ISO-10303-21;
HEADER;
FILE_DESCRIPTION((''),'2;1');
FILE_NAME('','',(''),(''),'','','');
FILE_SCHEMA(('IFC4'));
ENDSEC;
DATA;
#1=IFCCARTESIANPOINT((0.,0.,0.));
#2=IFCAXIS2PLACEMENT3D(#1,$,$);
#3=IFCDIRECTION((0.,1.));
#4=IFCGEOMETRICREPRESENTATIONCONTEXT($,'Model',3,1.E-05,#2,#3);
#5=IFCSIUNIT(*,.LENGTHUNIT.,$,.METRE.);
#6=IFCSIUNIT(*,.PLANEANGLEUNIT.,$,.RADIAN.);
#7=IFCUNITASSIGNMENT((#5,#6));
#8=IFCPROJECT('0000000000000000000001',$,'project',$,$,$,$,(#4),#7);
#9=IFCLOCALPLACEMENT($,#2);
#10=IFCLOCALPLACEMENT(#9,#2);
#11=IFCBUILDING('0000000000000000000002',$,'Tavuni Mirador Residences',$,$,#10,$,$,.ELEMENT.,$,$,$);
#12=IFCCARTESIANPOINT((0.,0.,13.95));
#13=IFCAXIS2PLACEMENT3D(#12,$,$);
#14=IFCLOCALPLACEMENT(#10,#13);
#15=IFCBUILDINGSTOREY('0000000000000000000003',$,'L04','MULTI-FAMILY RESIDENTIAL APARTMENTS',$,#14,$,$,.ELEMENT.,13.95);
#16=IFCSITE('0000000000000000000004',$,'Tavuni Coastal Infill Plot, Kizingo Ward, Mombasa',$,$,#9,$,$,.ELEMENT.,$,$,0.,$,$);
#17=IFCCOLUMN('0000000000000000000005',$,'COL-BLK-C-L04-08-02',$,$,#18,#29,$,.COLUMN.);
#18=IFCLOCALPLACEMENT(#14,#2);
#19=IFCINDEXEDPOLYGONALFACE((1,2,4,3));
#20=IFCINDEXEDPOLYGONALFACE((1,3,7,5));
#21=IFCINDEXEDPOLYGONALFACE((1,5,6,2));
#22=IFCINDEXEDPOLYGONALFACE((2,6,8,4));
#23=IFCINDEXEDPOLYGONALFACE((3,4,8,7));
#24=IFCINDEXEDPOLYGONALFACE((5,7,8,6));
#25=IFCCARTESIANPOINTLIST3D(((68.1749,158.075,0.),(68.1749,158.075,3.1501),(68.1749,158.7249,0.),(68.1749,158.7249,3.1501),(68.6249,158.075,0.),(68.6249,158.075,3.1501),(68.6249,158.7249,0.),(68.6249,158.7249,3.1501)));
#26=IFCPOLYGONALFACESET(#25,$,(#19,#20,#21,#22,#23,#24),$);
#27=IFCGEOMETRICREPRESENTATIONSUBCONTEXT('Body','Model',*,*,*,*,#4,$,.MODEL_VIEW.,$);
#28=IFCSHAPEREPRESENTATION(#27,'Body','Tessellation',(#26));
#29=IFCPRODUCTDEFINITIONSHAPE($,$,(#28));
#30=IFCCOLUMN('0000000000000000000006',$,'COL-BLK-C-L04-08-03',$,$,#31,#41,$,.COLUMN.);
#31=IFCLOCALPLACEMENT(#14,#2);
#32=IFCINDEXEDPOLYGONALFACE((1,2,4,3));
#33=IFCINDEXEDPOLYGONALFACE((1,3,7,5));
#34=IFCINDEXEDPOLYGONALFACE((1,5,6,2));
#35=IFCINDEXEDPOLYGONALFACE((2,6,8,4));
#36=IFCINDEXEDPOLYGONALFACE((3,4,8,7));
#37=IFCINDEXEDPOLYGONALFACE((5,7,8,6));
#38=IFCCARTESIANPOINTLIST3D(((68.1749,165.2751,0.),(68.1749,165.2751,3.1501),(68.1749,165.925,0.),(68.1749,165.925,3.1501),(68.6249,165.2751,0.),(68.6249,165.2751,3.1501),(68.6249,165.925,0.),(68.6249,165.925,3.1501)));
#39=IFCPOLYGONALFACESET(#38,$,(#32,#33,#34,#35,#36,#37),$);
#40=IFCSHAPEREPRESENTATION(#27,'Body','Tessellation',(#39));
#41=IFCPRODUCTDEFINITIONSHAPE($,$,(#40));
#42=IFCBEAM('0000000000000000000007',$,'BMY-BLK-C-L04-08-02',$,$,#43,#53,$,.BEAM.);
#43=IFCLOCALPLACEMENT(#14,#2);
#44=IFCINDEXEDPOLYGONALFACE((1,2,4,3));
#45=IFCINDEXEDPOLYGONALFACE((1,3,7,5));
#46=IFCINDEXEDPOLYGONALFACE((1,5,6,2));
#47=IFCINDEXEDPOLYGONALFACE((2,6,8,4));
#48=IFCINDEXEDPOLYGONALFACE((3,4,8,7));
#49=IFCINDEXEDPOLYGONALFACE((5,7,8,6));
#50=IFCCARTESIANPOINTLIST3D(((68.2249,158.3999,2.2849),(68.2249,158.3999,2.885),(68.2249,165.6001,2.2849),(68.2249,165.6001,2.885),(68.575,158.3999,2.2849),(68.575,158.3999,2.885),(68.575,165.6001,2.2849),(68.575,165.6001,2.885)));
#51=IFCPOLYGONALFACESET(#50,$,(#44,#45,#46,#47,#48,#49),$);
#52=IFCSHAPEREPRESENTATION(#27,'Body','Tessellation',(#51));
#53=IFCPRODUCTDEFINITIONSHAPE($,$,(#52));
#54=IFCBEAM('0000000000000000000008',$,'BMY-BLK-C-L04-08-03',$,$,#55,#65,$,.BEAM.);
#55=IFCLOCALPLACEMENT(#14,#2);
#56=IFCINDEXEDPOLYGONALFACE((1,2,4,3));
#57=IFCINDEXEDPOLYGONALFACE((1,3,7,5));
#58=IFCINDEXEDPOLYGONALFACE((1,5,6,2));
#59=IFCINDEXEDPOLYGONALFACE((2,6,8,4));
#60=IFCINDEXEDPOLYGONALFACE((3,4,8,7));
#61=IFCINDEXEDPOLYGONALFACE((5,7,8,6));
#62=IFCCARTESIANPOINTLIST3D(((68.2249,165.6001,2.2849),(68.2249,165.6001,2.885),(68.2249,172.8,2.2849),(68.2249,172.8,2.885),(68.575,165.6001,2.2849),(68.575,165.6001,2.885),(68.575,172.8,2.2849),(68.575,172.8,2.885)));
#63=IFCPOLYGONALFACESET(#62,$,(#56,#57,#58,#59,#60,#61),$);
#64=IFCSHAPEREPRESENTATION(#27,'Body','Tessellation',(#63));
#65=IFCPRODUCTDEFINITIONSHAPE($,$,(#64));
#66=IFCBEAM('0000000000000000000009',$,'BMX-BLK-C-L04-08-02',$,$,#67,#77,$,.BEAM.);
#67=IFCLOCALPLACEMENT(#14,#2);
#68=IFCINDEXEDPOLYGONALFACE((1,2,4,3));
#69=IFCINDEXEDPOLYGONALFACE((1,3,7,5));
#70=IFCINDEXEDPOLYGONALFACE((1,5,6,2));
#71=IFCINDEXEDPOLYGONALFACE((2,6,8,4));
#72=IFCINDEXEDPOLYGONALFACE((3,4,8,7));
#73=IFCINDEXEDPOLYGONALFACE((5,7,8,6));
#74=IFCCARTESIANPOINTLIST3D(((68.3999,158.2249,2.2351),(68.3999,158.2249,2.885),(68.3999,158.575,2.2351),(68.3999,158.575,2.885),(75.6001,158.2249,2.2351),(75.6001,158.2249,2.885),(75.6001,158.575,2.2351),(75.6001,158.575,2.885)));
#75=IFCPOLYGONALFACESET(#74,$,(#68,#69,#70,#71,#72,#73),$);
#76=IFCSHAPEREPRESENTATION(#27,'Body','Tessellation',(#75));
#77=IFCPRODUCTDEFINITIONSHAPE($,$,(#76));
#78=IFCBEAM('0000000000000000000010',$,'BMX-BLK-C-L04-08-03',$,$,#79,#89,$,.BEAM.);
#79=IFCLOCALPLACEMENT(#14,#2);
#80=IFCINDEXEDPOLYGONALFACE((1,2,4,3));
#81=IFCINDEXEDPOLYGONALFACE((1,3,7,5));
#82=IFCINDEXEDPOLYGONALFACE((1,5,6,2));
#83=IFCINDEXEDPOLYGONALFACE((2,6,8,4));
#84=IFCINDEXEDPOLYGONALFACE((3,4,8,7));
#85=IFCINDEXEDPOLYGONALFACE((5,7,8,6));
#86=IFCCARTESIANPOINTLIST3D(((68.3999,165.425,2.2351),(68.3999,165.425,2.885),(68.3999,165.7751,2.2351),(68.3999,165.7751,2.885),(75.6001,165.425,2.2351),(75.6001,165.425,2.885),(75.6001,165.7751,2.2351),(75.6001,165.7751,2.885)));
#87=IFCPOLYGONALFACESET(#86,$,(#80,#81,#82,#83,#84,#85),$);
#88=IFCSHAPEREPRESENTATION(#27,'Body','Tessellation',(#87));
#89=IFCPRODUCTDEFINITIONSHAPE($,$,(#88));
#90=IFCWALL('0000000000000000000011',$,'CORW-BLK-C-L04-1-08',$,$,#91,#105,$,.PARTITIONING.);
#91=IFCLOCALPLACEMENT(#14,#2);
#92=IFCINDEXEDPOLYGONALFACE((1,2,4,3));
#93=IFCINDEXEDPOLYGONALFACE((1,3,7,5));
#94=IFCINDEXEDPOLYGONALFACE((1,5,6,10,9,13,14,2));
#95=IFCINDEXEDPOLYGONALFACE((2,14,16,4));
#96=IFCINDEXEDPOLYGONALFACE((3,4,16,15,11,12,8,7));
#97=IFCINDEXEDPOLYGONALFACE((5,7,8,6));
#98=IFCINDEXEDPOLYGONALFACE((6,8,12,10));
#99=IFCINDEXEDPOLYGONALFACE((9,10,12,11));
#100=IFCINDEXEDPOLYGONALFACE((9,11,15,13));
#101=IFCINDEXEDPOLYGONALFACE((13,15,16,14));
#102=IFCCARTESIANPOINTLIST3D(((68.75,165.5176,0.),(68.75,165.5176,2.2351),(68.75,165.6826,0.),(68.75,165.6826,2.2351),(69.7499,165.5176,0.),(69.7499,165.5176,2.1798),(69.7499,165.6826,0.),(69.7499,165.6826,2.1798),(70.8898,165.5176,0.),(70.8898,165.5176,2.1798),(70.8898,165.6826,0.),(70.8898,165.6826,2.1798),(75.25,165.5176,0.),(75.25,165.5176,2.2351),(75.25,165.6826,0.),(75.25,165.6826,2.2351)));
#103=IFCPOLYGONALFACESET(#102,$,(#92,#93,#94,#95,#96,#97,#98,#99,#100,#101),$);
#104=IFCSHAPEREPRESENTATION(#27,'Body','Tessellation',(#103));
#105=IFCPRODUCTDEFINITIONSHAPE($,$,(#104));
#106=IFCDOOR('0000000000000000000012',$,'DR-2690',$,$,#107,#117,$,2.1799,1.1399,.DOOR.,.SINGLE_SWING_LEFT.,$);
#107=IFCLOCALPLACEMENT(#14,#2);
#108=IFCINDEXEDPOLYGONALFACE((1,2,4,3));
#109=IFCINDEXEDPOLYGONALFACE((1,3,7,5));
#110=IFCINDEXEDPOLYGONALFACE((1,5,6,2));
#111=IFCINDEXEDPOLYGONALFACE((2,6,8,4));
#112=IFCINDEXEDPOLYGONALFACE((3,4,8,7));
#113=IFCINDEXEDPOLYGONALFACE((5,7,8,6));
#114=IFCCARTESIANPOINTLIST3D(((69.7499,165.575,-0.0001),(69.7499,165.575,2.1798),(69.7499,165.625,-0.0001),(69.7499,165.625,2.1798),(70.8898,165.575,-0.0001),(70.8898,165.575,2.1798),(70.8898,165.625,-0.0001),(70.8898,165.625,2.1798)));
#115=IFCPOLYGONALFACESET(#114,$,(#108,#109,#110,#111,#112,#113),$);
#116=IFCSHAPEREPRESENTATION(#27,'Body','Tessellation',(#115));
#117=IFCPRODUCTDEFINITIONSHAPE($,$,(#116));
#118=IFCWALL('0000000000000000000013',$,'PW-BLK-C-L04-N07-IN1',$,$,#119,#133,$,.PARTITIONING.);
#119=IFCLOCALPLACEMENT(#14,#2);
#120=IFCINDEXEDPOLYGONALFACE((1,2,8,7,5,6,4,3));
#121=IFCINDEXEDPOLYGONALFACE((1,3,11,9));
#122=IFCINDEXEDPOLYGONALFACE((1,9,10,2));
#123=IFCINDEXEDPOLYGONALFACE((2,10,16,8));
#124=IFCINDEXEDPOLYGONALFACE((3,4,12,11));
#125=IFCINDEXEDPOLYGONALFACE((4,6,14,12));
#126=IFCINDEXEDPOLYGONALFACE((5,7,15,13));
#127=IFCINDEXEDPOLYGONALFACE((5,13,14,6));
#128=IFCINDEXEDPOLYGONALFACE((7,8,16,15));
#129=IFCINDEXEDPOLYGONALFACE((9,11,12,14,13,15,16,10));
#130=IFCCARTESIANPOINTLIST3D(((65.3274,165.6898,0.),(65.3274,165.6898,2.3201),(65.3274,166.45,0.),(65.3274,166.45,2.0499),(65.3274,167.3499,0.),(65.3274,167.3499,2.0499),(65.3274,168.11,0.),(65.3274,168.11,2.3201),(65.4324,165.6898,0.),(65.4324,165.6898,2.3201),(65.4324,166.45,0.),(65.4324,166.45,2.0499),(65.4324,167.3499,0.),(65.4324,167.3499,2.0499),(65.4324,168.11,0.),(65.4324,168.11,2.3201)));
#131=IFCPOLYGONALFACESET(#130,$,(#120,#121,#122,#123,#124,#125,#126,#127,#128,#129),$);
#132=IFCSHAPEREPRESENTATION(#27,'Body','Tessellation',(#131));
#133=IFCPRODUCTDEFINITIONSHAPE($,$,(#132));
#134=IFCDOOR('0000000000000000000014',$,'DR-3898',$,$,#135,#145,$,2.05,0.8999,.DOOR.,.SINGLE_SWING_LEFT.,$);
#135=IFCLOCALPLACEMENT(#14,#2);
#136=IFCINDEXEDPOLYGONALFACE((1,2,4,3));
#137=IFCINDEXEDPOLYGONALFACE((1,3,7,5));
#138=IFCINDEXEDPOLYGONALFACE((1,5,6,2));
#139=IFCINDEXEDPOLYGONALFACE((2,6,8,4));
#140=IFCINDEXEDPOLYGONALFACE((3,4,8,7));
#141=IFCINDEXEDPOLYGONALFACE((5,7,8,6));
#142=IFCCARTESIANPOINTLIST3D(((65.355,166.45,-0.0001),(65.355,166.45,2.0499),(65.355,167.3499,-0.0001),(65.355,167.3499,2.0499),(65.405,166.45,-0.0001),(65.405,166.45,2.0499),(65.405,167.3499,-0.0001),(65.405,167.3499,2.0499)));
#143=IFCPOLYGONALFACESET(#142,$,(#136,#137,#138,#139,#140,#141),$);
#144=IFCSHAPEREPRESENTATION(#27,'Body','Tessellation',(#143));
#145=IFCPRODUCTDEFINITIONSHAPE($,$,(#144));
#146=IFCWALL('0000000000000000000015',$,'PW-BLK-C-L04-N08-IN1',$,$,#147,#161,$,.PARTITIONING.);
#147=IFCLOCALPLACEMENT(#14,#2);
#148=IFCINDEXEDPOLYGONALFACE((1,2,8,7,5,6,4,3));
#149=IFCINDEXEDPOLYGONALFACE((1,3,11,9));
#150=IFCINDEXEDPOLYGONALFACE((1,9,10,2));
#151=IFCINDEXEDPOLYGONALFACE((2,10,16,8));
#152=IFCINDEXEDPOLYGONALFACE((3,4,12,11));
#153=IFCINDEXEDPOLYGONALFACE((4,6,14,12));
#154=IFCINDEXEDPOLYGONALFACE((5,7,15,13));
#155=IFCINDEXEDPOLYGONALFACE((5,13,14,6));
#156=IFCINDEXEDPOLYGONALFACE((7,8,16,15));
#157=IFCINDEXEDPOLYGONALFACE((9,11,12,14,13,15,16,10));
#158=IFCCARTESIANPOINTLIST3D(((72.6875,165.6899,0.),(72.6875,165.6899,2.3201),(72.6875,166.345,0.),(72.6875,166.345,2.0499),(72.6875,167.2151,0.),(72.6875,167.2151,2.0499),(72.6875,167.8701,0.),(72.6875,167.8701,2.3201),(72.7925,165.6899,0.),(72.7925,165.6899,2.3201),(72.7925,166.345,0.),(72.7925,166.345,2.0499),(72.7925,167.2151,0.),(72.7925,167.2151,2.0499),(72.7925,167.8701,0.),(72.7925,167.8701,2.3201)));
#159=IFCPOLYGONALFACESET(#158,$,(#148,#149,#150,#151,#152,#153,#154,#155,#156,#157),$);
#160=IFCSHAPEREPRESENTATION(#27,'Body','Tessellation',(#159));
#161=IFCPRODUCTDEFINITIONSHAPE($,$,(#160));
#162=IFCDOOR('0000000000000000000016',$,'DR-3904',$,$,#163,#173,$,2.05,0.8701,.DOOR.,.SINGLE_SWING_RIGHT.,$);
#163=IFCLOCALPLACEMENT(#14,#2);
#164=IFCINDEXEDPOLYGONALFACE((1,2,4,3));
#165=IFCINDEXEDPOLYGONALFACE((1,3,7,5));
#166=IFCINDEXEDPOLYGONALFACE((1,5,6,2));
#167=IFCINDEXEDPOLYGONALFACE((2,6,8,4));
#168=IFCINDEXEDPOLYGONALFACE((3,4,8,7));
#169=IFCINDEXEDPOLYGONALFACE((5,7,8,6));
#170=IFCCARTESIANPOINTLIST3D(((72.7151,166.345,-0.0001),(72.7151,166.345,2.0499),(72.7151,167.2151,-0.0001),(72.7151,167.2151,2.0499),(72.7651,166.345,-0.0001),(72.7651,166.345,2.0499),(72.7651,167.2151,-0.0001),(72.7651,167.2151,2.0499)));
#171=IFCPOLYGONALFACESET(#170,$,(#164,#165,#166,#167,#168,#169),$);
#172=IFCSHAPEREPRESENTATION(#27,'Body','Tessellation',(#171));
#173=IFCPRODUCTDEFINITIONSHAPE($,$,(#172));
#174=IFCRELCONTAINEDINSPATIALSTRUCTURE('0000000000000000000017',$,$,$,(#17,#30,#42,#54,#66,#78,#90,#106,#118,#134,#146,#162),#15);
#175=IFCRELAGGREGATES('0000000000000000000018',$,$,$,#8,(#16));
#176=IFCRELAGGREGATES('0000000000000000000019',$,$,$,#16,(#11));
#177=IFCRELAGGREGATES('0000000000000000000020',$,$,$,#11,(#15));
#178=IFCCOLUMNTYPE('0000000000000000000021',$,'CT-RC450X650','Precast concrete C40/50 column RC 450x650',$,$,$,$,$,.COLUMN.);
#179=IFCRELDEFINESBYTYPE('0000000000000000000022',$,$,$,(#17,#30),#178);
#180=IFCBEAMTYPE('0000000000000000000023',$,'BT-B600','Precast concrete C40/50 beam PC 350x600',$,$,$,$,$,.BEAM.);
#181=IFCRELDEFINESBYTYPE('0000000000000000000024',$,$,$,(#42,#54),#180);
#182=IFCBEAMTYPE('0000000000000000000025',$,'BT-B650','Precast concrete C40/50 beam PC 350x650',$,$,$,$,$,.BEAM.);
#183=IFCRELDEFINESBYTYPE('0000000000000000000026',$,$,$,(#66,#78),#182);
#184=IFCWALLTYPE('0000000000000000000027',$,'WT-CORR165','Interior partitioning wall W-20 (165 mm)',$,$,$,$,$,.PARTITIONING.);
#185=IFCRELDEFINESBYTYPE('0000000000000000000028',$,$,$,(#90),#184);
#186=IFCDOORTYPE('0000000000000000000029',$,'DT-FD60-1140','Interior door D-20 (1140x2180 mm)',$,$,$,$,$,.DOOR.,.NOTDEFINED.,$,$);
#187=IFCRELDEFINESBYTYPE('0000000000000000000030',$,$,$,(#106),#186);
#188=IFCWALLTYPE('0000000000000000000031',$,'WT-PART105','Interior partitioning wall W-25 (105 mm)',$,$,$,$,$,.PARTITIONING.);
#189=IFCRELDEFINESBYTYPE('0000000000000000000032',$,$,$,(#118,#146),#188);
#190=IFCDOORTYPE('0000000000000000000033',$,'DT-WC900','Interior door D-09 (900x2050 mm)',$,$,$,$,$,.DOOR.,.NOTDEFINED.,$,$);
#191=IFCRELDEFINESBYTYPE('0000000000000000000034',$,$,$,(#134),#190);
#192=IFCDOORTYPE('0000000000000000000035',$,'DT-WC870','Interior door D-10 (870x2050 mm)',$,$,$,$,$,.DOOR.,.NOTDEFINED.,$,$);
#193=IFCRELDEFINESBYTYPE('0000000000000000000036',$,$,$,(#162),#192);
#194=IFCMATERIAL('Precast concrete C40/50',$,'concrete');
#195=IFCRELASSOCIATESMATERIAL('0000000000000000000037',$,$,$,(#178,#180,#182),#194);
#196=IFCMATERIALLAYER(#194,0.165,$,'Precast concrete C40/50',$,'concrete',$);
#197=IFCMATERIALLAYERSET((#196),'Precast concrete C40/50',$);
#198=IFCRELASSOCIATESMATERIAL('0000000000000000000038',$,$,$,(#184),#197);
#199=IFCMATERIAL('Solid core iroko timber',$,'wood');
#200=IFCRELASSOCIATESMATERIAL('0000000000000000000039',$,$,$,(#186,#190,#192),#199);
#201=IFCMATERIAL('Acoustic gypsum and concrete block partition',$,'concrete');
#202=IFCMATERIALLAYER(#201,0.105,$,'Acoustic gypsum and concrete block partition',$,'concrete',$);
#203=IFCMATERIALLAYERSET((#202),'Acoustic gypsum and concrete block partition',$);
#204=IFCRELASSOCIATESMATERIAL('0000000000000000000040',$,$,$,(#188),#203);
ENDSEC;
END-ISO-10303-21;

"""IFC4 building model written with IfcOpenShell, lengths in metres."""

from ifc_helpers import new_model, si_unit, direction, frame, frame_2d, origin, origin_2d, place, context, subcontext, project, spatial, rectangle, extrude, material, layer, layer_set, material_profile, profile_set, type_object, element, fill, save


model = new_model("IFC4")

# Units and contexts
model_context = context("Model", 3, precision=1e-05, world=origin(), true_north=direction((0.0, 1.0)))
body_context = subcontext(model_context, "Body", "Model", "MODEL_VIEW")
ifc_project = project(units=[si_unit("LENGTHUNIT", "METRE"), si_unit("PLANEANGLEUNIT", "RADIAN")], contexts=[model_context])

# Site, building, storey
site_placement = place(None, origin())
site = spatial("IfcSite", under=ifc_project, at=site_placement, Name="Tavuni Coastal Infill Plot, Kizingo Ward, Mombasa", CompositionType="ELEMENT", RefElevation=0.0)
building_placement = place(site_placement, origin())
building = spatial("IfcBuilding", under=site, at=building_placement, Name="Tavuni Mirador Residences", CompositionType="ELEMENT")
storey_placement = place(building_placement, frame((0.0, 0.0, 13.95)))
storey = spatial("IfcBuildingStorey", under=building, at=storey_placement, Name="L04", Description="MULTI-FAMILY RESIDENTIAL APARTMENTS", CompositionType="ELEMENT", Elevation=13.95)

# Columns
ifc_material_1 = material(Name="Precast concrete C40/50", Category="concrete")
ifc_material_profile_1 = material_profile(ifc_material_1, rectangle(XDim=0.45, YDim=0.6499, at=origin_2d()), Name="RC 450x650", Category="concrete")
ifc_profile_set_1 = profile_set([ifc_material_profile_1], Name="Precast concrete C40/50")
column_type = type_object("IfcColumnType", Name="CT-RC450X650", Description="Precast concrete C40/50 column RC 450x650", PredefinedType="COLUMN", material=ifc_profile_set_1)
for number, where, z_axis, x_axis, name in (
    (1, (68.3999, 158.3999, 0.0), (0.0, 0.0, 1.0), (1.0, 0.0, 0.0), "COL-BLK-C-L04-08-02"),
    (2, (68.3999, 165.6001, 0.0), (0.0, 0.0, 1.0), (1.0, 0.0, 0.0), "COL-BLK-C-L04-08-03"),
):
    element("IfcColumn", number, at=place(storey_placement, frame(where, z_axis=z_axis, x_axis=x_axis)), inside=storey, type_object=column_type, Name=name, PredefinedType="COLUMN", context=body_context, shape_type="SweptSolid", body=[
        extrude(rectangle(XDim=0.45, YDim=0.6499, at=origin_2d()), origin(), (0.0, 0.0, 1.0), 3.1501),
    ])

# Beams
ifc_material_profile_2 = material_profile(ifc_material_1, rectangle(XDim=0.3501, YDim=0.6001, at=origin_2d()), Name="PC 350x600", Category="concrete")
ifc_profile_set_2 = profile_set([ifc_material_profile_2], Name="Precast concrete C40/50")
beam_type_1 = type_object("IfcBeamType", Name="BT-B600", Description="Precast concrete C40/50 beam PC 350x600", PredefinedType="BEAM", material=ifc_profile_set_2)
beam_1_placement = place(storey_placement, frame((68.3999, 158.3999, 2.585), z_axis=(0.0, 1.0, 0.0), x_axis=(-1.0, 0.0, 0.0)))
element("IfcBeam", 3, at=beam_1_placement, inside=storey, type_object=beam_type_1, Name="BMY-BLK-C-L04-08-02", PredefinedType="BEAM", context=body_context, shape_type="SweptSolid", body=[
    extrude(rectangle(XDim=0.3501, YDim=0.6001, at=origin_2d()), origin(), (0.0, 0.0, 1.0), 7.2002),
])
beam_2_placement = place(storey_placement, frame((68.3999, 165.6001, 2.585), z_axis=(0.0, 1.0, 0.0), x_axis=(-1.0, 0.0, 0.0)))
element("IfcBeam", 4, at=beam_2_placement, inside=storey, type_object=beam_type_1, Name="BMY-BLK-C-L04-08-03", PredefinedType="BEAM", context=body_context, shape_type="SweptSolid", body=[
    extrude(rectangle(XDim=0.3501, YDim=0.6001, at=origin_2d()), origin(), (0.0, 0.0, 1.0), 7.2),
])
ifc_material_profile_3 = material_profile(ifc_material_1, rectangle(XDim=0.3501, YDim=0.6499, at=origin_2d()), Name="PC 350x650", Category="concrete")
ifc_profile_set_3 = profile_set([ifc_material_profile_3], Name="Precast concrete C40/50")
beam_type_2 = type_object("IfcBeamType", Name="BT-B650", Description="Precast concrete C40/50 beam PC 350x650", PredefinedType="BEAM", material=ifc_profile_set_3)
for number, where, z_axis, x_axis, name in (
    (5, (68.3999, 158.3999, 2.5601), (1.0, 0.0, 0.0), (0.0, 1.0, 0.0), "BMX-BLK-C-L04-08-02"),
    (6, (68.3999, 165.6001, 2.5601), (1.0, 0.0, 0.0), (0.0, 1.0, 0.0), "BMX-BLK-C-L04-08-03"),
):
    element("IfcBeam", number, at=place(storey_placement, frame(where, z_axis=z_axis, x_axis=x_axis)), inside=storey, type_object=beam_type_2, Name=name, PredefinedType="BEAM", context=body_context, shape_type="SweptSolid", body=[
        extrude(rectangle(XDim=0.3501, YDim=0.6499, at=origin_2d()), origin(), (0.0, 0.0, 1.0), 7.2002),
    ])

# Walls, openings, doors
ifc_layer_1 = layer(ifc_material_1, 0.165, Name="Precast concrete C40/50", Category="concrete")
ifc_layer_set_1 = layer_set([ifc_layer_1], Name="Precast concrete C40/50")
wall_type_1 = type_object("IfcWallType", Name="WT-CORR165", Description="Interior partitioning wall W-20 (165 mm)", PredefinedType="PARTITIONING", material=ifc_layer_set_1)
ifc_material_2 = material(Name="Solid core iroko timber", Category="wood")
wall_1_placement = place(storey_placement, frame((68.75, 165.6001, 0.0), z_axis=(0.0, 0.0, 1.0), x_axis=(1.0, 0.0, 0.0)))
wall_1 = element("IfcWall", 7, at=wall_1_placement, inside=storey, type_object=wall_type_1, Name="CORW-BLK-C-L04-1-08", PredefinedType="PARTITIONING", context=body_context, shape_type="SweptSolid", body=[
    extrude(rectangle(XDim=6.5, YDim=0.165, at=frame_2d((3.25, 0.0))), origin(), (0.0, 0.0, 1.0), 2.2351),
])
opening_1_placement = place(wall_1_placement, frame((1.0, 0.0, 0.0)))
opening_1 = element("IfcOpeningElement", 8, at=opening_1_placement, cuts=wall_1, PredefinedType="OPENING", context=body_context, shape_type="SweptSolid", body=[
    extrude(rectangle(XDim=1.1399, YDim=2.1799, at=frame_2d((0.5698, 1.0898))), frame((0.0, 0.0925, 0.0), z_axis=(0.0, -1.0, 0.0), x_axis=(1.0, 0.0, 0.0)), (0.0, 0.0, 1.0), 0.1851),
])
door_type_1 = type_object("IfcDoorType", Name="DT-FD60-1140", Description="Interior door D-20 (1140x2180 mm)", OperationType="NOTDEFINED", PredefinedType="DOOR", material=ifc_material_2)
door_1_placement = place(opening_1_placement, origin())
door_1 = element("IfcDoor", 9, at=door_1_placement, inside=storey, type_object=door_type_1, Name="DR-2690", OperationType="SINGLE_SWING_LEFT", OverallHeight=2.1799, OverallWidth=1.1399, PredefinedType="DOOR", context=body_context, shape_type="SweptSolid", body=[
    extrude(rectangle(XDim=1.1399, YDim=2.1799, at=frame_2d((0.5698, 1.0898))), frame((0.0, 0.0249, 0.0), z_axis=(0.0, -1.0, 0.0), x_axis=(1.0, 0.0, 0.0)), (0.0, 0.0, 1.0), 0.05),
])
fill(opening_1, door_1)
ifc_material_3 = material(Name="Acoustic gypsum and concrete block partition", Category="concrete")
ifc_layer_2 = layer(ifc_material_3, 0.105, Name="Acoustic gypsum and concrete block partition", Category="concrete")
ifc_layer_set_2 = layer_set([ifc_layer_2], Name="Acoustic gypsum and concrete block partition")
wall_type_2 = type_object("IfcWallType", Name="WT-PART105", Description="Interior partitioning wall W-25 (105 mm)", PredefinedType="PARTITIONING", material=ifc_layer_set_2)
wall_2_placement = place(storey_placement, frame((65.3799, 165.6899, 0.0), z_axis=(0.0, 0.0, 1.0), x_axis=(0.0, 1.0, 0.0)))
wall_2 = element("IfcWall", 10, at=wall_2_placement, inside=storey, type_object=wall_type_2, Name="PW-BLK-C-L04-N07-IN1", PredefinedType="PARTITIONING", context=body_context, shape_type="SweptSolid", body=[
    extrude(rectangle(XDim=2.4202, YDim=0.105, at=frame_2d((1.21, 0.0))), origin(), (0.0, 0.0, 1.0), 2.3201),
])
opening_2_placement = place(wall_2_placement, frame((0.76, 0.0, 0.0)))
opening_2 = element("IfcOpeningElement", 11, at=opening_2_placement, cuts=wall_2, PredefinedType="OPENING", context=body_context, shape_type="SweptSolid", body=[
    extrude(rectangle(XDim=0.8999, YDim=2.05, at=frame_2d((0.45, 1.0249))), frame((0.0, 0.0625, 0.0), z_axis=(0.0, -1.0, 0.0), x_axis=(1.0, 0.0, 0.0)), (0.0, 0.0, 1.0), 0.125),
])
door_type_2 = type_object("IfcDoorType", Name="DT-WC900", Description="Interior door D-09 (900x2050 mm)", OperationType="NOTDEFINED", PredefinedType="DOOR", material=ifc_material_2)
door_2_placement = place(opening_2_placement, origin())
door_2 = element("IfcDoor", 12, at=door_2_placement, inside=storey, type_object=door_type_2, Name="DR-3898", OperationType="SINGLE_SWING_LEFT", OverallHeight=2.05, OverallWidth=0.8999, PredefinedType="DOOR", context=body_context, shape_type="SweptSolid", body=[
    extrude(rectangle(XDim=0.8999, YDim=2.05, at=frame_2d((0.45, 1.0249))), frame((0.0, 0.0249, 0.0), z_axis=(0.0, -1.0, 0.0), x_axis=(1.0, 0.0, 0.0)), (0.0, 0.0, 1.0), 0.05),
])
fill(opening_2, door_2)
wall_3_placement = place(storey_placement, frame((72.74, 165.6899, 0.0), z_axis=(0.0, 0.0, 1.0), x_axis=(0.0, 1.0, 0.0)))
wall_3 = element("IfcWall", 13, at=wall_3_placement, inside=storey, type_object=wall_type_2, Name="PW-BLK-C-L04-N08-IN1", PredefinedType="PARTITIONING", context=body_context, shape_type="SweptSolid", body=[
    extrude(rectangle(XDim=2.1802, YDim=0.105, at=frame_2d((1.0901, 0.0))), origin(), (0.0, 0.0, 1.0), 2.3201),
])
opening_3_placement = place(wall_3_placement, frame((0.655, 0.0, 0.0)))
opening_3 = element("IfcOpeningElement", 14, at=opening_3_placement, cuts=wall_3, PredefinedType="OPENING", context=body_context, shape_type="SweptSolid", body=[
    extrude(rectangle(XDim=0.8701, YDim=2.05, at=frame_2d((0.4351, 1.0249))), frame((0.0, 0.0625, 0.0), z_axis=(0.0, -1.0, 0.0), x_axis=(1.0, 0.0, 0.0)), (0.0, 0.0, 1.0), 0.125),
])
door_type_3 = type_object("IfcDoorType", Name="DT-WC870", Description="Interior door D-10 (870x2050 mm)", OperationType="NOTDEFINED", PredefinedType="DOOR", material=ifc_material_2)
door_3_placement = place(opening_3_placement, origin())
door_3 = element("IfcDoor", 15, at=door_3_placement, inside=storey, type_object=door_type_3, Name="DR-3904", OperationType="SINGLE_SWING_RIGHT", OverallHeight=2.05, OverallWidth=0.8701, PredefinedType="DOOR", context=body_context, shape_type="SweptSolid", body=[
    extrude(rectangle(XDim=0.8701, YDim=2.05, at=frame_2d((0.4351, 1.0249))), frame((0.0, 0.0249, 0.0), z_axis=(0.0, -1.0, 0.0), x_axis=(1.0, 0.0, 0.0)), (0.0, 0.0, 1.0), 0.05),
])
fill(opening_3, door_3)

save(model, "model.ifc")
